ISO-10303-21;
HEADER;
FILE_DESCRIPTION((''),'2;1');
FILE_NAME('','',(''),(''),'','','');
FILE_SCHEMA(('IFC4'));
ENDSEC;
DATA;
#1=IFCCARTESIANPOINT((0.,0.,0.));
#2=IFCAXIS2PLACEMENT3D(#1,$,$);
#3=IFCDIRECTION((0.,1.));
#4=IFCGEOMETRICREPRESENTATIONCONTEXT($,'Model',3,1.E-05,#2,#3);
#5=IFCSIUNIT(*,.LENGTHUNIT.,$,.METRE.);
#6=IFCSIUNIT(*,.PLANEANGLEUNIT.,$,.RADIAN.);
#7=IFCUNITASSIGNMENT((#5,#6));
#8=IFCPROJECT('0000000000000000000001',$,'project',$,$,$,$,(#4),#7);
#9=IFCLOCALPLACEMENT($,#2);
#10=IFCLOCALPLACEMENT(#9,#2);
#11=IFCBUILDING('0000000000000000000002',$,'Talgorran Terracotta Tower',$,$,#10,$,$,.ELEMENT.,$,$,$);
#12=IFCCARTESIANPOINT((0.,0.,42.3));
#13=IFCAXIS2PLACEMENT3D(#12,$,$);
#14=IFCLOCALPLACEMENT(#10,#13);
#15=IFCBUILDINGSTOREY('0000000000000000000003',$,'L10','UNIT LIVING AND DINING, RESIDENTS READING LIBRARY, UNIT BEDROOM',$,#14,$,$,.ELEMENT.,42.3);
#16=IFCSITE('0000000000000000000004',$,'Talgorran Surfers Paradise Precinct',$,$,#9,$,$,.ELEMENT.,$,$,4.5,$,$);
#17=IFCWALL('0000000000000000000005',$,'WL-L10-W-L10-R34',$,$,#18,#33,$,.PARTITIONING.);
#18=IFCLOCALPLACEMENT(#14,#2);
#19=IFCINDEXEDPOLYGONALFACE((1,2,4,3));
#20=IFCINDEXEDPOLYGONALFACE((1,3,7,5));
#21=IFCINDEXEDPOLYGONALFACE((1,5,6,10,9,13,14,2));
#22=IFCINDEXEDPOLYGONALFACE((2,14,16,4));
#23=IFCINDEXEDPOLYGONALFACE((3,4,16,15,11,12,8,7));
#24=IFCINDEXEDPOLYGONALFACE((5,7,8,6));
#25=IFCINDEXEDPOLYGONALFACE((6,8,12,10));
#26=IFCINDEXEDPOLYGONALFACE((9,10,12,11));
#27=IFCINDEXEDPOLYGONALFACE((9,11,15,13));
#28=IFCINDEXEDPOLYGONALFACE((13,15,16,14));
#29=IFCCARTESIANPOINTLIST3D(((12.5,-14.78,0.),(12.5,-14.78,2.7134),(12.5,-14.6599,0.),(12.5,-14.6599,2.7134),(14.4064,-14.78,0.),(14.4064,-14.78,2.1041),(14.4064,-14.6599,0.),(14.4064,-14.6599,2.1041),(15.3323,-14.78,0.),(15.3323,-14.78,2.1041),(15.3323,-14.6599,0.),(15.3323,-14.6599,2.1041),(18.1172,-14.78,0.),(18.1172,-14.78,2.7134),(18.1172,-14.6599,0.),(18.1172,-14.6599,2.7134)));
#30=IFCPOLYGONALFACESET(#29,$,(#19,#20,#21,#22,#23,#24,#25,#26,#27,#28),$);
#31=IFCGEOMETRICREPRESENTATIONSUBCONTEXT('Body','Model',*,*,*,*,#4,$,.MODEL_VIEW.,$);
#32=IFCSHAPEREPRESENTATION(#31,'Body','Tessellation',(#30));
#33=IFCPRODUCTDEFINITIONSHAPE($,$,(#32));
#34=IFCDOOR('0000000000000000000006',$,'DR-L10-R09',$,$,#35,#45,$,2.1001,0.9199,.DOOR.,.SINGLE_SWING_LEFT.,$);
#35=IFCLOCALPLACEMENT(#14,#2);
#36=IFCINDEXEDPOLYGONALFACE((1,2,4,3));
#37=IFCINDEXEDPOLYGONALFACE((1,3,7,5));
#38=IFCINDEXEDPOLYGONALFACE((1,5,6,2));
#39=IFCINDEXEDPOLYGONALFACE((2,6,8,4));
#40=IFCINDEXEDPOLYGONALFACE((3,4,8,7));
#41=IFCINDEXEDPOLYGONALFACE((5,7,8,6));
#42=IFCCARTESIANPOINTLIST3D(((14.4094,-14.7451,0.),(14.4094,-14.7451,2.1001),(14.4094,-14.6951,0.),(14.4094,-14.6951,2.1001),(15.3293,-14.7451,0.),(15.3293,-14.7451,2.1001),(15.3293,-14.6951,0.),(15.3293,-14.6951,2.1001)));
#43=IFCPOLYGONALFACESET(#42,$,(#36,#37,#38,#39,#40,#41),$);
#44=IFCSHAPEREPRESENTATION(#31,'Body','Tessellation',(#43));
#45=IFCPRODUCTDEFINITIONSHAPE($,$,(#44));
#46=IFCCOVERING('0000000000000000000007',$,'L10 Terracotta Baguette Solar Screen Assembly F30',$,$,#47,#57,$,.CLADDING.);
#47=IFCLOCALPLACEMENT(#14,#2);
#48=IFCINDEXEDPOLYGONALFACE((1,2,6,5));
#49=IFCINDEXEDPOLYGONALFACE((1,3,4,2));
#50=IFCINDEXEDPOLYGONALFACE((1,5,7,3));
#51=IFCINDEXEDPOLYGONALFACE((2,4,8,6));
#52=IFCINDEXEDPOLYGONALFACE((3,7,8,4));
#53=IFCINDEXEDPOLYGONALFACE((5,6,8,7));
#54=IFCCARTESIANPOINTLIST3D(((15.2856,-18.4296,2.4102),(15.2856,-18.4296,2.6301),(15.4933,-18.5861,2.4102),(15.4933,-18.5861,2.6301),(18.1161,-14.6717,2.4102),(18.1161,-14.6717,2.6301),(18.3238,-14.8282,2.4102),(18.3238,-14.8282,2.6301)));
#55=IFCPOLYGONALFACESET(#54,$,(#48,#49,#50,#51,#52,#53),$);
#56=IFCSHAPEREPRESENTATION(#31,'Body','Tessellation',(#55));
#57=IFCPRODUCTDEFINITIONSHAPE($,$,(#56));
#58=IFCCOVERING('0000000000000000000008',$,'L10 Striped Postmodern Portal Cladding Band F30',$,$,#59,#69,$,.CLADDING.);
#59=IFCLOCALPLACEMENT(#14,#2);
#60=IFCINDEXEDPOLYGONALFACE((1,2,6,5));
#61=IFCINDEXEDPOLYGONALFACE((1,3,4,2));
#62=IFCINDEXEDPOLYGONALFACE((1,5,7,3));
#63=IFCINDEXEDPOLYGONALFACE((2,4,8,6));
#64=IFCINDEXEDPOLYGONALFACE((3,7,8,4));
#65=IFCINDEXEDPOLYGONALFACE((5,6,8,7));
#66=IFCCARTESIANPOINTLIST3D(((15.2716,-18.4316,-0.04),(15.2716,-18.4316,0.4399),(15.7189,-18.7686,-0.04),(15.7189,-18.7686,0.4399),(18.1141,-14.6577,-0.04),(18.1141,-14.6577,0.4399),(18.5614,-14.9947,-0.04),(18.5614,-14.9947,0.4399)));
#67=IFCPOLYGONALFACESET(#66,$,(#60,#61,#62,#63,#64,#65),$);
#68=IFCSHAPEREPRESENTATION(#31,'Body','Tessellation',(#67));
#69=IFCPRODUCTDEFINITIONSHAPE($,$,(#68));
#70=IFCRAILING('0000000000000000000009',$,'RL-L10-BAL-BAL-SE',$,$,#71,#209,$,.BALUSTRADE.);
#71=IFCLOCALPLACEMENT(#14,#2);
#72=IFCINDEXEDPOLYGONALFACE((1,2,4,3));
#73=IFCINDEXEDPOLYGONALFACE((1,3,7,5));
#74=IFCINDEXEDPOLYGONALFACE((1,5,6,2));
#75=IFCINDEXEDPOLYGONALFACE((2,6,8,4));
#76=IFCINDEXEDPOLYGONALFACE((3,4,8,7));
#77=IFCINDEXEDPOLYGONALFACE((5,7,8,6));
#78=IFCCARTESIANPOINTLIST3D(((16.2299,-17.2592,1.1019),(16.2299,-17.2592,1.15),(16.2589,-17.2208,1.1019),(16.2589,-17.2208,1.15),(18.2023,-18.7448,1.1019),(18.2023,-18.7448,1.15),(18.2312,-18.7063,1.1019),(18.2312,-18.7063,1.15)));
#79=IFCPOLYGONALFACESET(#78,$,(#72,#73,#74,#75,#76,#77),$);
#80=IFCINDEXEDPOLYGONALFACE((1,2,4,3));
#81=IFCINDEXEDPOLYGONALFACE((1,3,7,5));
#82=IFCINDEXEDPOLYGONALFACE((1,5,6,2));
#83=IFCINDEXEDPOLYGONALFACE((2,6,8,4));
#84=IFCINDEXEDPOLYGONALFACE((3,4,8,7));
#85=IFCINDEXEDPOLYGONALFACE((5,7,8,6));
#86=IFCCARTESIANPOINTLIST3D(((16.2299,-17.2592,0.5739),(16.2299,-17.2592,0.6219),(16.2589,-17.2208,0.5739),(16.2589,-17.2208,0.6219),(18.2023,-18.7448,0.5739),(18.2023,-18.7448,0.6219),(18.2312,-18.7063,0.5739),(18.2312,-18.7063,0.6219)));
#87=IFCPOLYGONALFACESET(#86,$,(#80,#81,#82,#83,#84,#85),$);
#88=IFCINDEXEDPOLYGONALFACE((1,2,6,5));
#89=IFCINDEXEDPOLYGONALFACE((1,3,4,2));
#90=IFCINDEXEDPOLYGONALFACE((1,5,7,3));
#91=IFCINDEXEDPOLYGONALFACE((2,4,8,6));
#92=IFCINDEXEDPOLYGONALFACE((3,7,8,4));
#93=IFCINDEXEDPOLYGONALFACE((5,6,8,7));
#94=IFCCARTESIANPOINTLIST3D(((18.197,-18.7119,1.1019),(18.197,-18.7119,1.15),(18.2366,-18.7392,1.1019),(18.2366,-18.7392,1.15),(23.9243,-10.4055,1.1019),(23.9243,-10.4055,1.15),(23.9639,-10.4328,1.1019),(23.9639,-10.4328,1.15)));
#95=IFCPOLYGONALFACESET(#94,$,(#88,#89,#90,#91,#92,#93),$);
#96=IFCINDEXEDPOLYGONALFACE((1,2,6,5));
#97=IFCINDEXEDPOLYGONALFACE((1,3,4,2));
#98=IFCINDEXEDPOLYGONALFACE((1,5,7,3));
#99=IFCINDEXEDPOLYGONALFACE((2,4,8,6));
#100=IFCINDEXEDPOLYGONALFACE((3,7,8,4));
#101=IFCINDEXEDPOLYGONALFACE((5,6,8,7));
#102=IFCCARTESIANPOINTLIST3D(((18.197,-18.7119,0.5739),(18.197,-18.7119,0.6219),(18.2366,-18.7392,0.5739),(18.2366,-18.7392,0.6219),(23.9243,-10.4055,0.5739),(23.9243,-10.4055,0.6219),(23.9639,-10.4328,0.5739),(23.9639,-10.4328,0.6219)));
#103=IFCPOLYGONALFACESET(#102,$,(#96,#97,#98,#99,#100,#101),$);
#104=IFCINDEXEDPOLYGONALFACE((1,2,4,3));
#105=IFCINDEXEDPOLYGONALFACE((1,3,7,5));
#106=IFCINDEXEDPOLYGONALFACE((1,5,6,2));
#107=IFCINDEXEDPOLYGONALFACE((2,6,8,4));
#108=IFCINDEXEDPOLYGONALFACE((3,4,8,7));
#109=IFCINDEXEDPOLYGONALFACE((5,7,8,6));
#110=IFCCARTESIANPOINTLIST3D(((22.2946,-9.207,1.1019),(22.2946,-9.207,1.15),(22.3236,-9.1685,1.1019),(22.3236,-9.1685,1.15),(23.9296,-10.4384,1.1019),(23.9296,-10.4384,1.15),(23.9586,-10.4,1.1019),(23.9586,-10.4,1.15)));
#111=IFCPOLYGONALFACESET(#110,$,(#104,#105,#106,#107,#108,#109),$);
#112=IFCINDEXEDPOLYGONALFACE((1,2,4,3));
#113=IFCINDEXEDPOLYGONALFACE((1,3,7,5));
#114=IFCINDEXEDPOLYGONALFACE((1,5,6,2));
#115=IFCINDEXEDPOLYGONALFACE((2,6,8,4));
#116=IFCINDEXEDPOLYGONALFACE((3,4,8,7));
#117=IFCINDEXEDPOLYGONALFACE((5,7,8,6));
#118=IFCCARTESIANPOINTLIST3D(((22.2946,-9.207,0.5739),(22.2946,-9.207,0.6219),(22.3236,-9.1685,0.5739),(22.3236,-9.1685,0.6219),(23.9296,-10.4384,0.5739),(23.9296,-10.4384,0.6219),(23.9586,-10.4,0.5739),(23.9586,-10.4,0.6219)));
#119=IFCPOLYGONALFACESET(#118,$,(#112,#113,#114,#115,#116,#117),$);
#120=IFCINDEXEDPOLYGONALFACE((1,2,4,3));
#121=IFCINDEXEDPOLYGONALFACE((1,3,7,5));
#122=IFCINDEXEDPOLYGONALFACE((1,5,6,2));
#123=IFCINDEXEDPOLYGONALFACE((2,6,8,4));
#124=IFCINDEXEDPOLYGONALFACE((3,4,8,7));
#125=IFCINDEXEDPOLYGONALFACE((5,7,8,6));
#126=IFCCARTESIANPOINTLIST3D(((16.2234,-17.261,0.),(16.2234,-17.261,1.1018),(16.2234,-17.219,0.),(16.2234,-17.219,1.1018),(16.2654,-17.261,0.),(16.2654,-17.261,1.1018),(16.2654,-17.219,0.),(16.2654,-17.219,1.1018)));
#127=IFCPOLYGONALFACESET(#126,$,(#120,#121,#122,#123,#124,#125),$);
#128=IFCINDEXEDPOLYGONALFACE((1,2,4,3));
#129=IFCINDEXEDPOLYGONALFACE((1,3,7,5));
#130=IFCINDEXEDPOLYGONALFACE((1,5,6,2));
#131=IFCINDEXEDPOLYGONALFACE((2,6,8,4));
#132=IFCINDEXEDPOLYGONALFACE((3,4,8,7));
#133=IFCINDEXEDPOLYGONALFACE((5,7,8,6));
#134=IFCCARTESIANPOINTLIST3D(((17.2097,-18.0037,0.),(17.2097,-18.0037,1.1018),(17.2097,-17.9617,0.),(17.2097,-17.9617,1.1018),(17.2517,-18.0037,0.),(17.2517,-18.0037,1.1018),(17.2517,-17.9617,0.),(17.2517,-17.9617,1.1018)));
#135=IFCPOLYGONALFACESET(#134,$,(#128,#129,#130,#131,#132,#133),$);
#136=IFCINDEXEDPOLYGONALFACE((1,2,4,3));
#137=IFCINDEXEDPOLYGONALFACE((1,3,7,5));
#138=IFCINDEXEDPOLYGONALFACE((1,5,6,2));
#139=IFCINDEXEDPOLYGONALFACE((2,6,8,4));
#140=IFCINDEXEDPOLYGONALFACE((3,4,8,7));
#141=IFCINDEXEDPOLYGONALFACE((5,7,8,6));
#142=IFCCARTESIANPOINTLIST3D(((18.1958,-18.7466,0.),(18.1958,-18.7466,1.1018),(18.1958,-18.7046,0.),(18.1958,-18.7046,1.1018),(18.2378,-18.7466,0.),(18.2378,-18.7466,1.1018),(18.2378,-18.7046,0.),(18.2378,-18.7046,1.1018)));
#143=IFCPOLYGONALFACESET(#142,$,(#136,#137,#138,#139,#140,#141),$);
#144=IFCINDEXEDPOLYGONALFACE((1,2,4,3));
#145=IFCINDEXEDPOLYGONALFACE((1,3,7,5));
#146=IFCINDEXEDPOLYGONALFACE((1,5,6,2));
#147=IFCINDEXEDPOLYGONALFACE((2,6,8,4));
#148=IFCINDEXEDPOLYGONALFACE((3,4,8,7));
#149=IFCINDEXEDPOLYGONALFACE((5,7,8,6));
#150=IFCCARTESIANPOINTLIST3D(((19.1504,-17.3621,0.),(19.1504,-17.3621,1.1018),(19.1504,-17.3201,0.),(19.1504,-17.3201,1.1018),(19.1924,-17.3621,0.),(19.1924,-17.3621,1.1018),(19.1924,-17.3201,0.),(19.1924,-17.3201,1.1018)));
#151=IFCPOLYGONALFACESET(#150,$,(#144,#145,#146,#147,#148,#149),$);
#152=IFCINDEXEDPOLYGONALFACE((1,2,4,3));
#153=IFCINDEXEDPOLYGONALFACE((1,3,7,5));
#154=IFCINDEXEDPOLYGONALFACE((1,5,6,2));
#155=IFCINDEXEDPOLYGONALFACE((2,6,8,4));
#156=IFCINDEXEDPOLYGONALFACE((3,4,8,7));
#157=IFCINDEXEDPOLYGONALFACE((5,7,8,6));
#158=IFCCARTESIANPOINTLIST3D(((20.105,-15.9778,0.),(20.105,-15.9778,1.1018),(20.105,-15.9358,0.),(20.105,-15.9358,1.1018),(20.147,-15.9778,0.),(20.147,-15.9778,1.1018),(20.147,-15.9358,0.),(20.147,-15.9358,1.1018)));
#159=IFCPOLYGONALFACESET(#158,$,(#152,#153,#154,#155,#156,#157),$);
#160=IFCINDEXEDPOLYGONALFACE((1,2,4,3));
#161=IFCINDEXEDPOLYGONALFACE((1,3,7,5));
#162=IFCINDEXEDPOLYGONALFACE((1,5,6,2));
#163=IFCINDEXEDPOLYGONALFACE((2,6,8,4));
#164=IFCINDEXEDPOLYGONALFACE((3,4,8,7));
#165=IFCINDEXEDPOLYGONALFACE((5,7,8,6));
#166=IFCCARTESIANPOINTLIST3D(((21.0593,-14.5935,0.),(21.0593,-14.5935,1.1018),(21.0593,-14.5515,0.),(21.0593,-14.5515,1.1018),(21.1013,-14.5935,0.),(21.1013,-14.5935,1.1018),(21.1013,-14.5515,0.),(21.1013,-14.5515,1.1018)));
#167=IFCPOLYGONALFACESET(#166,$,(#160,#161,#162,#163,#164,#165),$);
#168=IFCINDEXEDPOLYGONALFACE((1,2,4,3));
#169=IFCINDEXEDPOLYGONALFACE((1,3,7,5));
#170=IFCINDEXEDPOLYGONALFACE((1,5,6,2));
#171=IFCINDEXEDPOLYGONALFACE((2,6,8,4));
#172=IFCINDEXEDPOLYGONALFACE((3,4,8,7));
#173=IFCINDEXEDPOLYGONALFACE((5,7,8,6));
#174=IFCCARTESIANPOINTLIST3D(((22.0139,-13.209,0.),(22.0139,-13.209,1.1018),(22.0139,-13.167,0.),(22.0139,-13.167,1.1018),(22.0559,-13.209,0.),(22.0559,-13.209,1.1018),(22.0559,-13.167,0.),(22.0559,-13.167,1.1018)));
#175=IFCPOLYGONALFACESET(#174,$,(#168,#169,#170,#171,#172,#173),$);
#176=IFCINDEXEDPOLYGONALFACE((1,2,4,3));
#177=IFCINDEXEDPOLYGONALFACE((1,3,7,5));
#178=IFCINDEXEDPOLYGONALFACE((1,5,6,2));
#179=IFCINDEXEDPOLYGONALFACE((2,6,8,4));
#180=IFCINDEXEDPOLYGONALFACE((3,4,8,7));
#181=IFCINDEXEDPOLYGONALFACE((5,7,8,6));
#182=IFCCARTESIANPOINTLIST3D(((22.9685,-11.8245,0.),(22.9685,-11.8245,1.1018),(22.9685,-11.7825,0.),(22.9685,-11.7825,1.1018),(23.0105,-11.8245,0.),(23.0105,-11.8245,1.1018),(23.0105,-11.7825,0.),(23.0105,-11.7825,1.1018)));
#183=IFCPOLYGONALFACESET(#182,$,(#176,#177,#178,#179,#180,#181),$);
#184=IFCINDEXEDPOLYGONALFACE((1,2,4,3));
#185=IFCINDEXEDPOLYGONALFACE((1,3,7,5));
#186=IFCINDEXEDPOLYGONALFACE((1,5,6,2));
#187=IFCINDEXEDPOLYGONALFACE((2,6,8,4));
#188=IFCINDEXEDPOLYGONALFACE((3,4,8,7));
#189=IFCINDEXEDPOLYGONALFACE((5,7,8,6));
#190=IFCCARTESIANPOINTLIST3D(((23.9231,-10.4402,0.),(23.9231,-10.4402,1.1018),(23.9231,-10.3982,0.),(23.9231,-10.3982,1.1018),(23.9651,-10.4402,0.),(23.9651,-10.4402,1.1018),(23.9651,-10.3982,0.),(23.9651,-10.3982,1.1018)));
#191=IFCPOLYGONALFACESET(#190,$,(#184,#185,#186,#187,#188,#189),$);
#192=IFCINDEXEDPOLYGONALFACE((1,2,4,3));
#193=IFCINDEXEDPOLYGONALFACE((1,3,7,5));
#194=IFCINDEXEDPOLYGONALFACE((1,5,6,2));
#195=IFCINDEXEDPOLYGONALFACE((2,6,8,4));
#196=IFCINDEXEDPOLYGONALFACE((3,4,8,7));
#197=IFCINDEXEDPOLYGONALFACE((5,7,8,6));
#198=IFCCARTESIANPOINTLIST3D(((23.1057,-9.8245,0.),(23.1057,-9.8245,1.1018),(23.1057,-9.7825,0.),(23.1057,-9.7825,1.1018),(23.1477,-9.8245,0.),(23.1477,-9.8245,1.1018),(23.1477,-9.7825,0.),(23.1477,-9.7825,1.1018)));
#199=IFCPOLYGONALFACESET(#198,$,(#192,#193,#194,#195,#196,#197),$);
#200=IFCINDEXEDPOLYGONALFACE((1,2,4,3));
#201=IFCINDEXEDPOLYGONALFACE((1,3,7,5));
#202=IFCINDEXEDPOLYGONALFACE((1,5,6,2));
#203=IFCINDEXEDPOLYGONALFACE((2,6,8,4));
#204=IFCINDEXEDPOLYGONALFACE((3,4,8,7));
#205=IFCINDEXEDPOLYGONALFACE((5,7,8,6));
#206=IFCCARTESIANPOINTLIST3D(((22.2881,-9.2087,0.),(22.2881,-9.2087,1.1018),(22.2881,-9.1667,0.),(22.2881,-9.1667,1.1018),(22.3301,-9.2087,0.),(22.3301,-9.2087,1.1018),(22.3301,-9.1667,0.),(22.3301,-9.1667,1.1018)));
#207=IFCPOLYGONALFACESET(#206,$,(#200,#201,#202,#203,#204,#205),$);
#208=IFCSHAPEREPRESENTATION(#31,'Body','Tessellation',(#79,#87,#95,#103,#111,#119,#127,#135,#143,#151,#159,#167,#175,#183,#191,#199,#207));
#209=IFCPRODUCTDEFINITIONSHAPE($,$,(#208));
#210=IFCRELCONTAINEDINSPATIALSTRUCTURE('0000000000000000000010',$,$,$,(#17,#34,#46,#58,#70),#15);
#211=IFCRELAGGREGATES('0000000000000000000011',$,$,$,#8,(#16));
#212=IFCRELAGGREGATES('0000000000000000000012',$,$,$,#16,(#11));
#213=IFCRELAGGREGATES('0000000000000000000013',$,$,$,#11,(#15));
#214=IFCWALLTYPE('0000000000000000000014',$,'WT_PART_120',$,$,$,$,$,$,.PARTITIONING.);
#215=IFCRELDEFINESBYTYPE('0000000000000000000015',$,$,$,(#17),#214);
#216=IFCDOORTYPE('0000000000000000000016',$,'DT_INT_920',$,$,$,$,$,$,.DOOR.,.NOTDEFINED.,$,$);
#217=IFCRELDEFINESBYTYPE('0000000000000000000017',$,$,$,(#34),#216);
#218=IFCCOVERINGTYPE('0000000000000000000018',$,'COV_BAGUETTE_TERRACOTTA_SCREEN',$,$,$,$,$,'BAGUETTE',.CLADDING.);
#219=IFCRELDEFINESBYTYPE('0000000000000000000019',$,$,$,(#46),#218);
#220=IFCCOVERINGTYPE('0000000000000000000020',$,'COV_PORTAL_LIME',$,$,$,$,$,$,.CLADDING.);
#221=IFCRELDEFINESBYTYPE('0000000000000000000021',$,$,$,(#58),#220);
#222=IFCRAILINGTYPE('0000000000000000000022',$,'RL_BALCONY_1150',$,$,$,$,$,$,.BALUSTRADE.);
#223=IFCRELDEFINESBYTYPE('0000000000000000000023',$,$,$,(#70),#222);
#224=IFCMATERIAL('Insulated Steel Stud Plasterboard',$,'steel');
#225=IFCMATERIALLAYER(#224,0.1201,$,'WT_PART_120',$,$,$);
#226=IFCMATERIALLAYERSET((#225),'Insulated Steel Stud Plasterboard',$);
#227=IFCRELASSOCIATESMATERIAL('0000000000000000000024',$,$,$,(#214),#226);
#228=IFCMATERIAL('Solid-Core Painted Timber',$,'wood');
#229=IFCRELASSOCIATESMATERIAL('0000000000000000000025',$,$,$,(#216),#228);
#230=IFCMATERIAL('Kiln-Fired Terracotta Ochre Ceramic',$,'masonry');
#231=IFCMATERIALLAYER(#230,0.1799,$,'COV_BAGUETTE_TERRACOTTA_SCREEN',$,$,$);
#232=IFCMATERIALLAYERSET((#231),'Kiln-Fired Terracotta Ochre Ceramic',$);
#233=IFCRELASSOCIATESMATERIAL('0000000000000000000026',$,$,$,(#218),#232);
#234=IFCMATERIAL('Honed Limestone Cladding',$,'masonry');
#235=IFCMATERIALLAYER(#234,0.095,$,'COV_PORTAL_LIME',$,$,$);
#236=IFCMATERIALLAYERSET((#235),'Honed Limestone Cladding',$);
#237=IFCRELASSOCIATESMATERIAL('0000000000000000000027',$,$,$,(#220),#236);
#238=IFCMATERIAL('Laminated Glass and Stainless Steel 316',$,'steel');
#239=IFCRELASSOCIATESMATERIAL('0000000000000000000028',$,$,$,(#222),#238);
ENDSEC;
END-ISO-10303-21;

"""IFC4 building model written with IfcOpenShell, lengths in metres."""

from ifc_helpers import new_model, si_unit, direction, frame, frame_2d, origin, origin_2d, place, context, subcontext, project, spatial, rectangle, extrude, material, layer, layer_set, type_object, element, fill, save


model = new_model("IFC4")

# Units and contexts
model_context = context("Model", 3, precision=1e-05, world=origin(), true_north=direction((0.0, 1.0)))
body_context = subcontext(model_context, "Body", "Model", "MODEL_VIEW")
ifc_project = project(units=[si_unit("LENGTHUNIT", "METRE"), si_unit("PLANEANGLEUNIT", "RADIAN")], contexts=[model_context])

# Site, building, storey
site_placement = place(None, origin())
site = spatial("IfcSite", under=ifc_project, at=site_placement, Name="Talgorran Surfers Paradise Precinct", CompositionType="ELEMENT", RefElevation=4.5)
building_placement = place(site_placement, origin())
building = spatial("IfcBuilding", under=site, at=building_placement, Name="Talgorran Terracotta Tower", CompositionType="ELEMENT")
storey_placement = place(building_placement, frame((0.0, 0.0, 42.3)))
storey = spatial("IfcBuildingStorey", under=building, at=storey_placement, Name="L10", Description="UNIT LIVING AND DINING, RESIDENTS READING LIBRARY, UNIT BEDROOM", CompositionType="ELEMENT", Elevation=42.3)

# Wall, opening, door
ifc_material_1 = material(Name="Insulated Steel Stud Plasterboard", Category="steel")
ifc_layer_1 = layer(ifc_material_1, 0.1201, Name="WT_PART_120")
ifc_layer_set_1 = layer_set([ifc_layer_1], Name="Insulated Steel Stud Plasterboard")
wall_type_1 = type_object("IfcWallType", Name="WT_PART_120", PredefinedType="PARTITIONING", material=ifc_layer_set_1)
ifc_material_2 = material(Name="Solid-Core Painted Timber", Category="wood")
door_type_1 = type_object("IfcDoorType", Name="DT_INT_920", OperationType="NOTDEFINED", PredefinedType="DOOR", material=ifc_material_2)
wall_1_placement = place(storey_placement, frame((12.5, -14.72, 0.0), z_axis=(0.0, 0.0, 1.0), x_axis=(1.0, 0.0, 0.0)))
wall_1 = element("IfcWall", 1, at=wall_1_placement, inside=storey, type_object=wall_type_1, Name="WL-L10-W-L10-R34", PredefinedType="PARTITIONING", context=body_context, shape_type="SweptSolid", body=[
    extrude(rectangle(XDim=5.6172, YDim=0.1201, at=frame_2d((2.8086, 0.0))), origin(), (0.0, 0.0, 1.0), 2.7134),
])
opening_1_placement = place(wall_1_placement, frame((1.9094, 0.0, 0.0)))
opening_1 = element("IfcOpeningElement", 2, at=opening_1_placement, cuts=wall_1, PredefinedType="OPENING", context=body_context, shape_type="SweptSolid", body=[
    extrude(rectangle(XDim=0.9259, YDim=2.1041, at=frame_2d((0.46, 1.052))), frame((0.0, 0.0701, 0.0), z_axis=(0.0, -1.0, 0.0), x_axis=(1.0, 0.0, 0.0)), (0.0, 0.0, 1.0), 0.1401),
])
door_1_placement = place(opening_1_placement, origin())
door_1 = element("IfcDoor", 3, at=door_1_placement, inside=storey, type_object=door_type_1, Name="DR-L10-R09", OperationType="SINGLE_SWING_LEFT", OverallHeight=2.1001, OverallWidth=0.9199, PredefinedType="DOOR", context=body_context, shape_type="SweptSolid", body=[
    extrude(rectangle(XDim=0.9199, YDim=2.1001, at=frame_2d((0.46, 1.05))), frame((0.0, 0.0249, 0.0), z_axis=(0.0, -1.0, 0.0), x_axis=(1.0, 0.0, 0.0)), (0.0, 0.0, 1.0), 0.05),
])
fill(opening_1, door_1)

# Coverings
ifc_material_3 = material(Name="Kiln-Fired Terracotta Ochre Ceramic", Category="masonry")
ifc_layer_2 = layer(ifc_material_3, 0.1799, Name="COV_BAGUETTE_TERRACOTTA_SCREEN")
ifc_layer_set_2 = layer_set([ifc_layer_2], Name="Kiln-Fired Terracotta Ochre Ceramic")
covering_type_1 = type_object("IfcCoveringType", Name="COV_BAGUETTE_TERRACOTTA_SCREEN", ElementType="BAGUETTE", PredefinedType="CLADDING", material=ifc_layer_set_2)
covering_1_placement = place(storey_placement, frame((16.8047, -16.6289, 2.4102), z_axis=(0.0, 0.0, 1.0), x_axis=(0.601634, 0.798772, 0.0)))
element("IfcCovering", 4, at=covering_1_placement, inside=storey, type_object=covering_type_1, Name="L10 Terracotta Baguette Solar Screen Assembly F30", PredefinedType="CLADDING", context=body_context, shape_type="SweptSolid", body=[
    extrude(rectangle(XDim=4.7046, YDim=0.26, at=origin_2d()), origin(), (0.0, 0.0, 1.0), 0.22),
])
ifc_material_4 = material(Name="Honed Limestone Cladding", Category="masonry")
ifc_layer_3 = layer(ifc_material_4, 0.095, Name="COV_PORTAL_LIME")
ifc_layer_set_3 = layer_set([ifc_layer_3], Name="Honed Limestone Cladding")
covering_type_2 = type_object("IfcCoveringType", Name="COV_PORTAL_LIME", PredefinedType="CLADDING", material=ifc_layer_set_3)
covering_2_placement = place(storey_placement, frame((16.9165, -16.7131, -0.04), z_axis=(0.0, 0.0, 1.0), x_axis=(0.601634, 0.798772, 0.0)))
element("IfcCovering", 5, at=covering_2_placement, inside=storey, type_object=covering_type_2, Name="L10 Striped Postmodern Portal Cladding Band F30", PredefinedType="CLADDING", context=body_context, shape_type="SweptSolid", body=[
    extrude(rectangle(XDim=4.7246, YDim=0.5601, at=origin_2d()), origin(), (0.0, 0.0, 1.0), 0.48),
])

# Railing
ifc_material_5 = material(Name="Laminated Glass and Stainless Steel 316", Category="steel")
railing_type = type_object("IfcRailingType", Name="RL_BALCONY_1150", PredefinedType="BALUSTRADE", material=ifc_material_5)
railing_placement = place(storey_placement, frame((16.2444, -17.24, 0.0)))
element("IfcRailing", 6, at=railing_placement, inside=storey, type_object=railing_type, Name="RL-L10-BAL-BAL-SE", PredefinedType="BALUSTRADE", context=body_context, shape_type="SweptSolid", body=[
    extrude(rectangle(XDim=0.0481, YDim=0.0481, at=origin_2d()), frame((0.0, 0.0, 1.126), z_axis=(0.798776, -0.601628, 0.0), x_axis=(0.601628, 0.798776, 0.0)), (0.0, 0.0, 1.0), 2.4692),
    extrude(rectangle(XDim=0.0481, YDim=0.0481, at=origin_2d()), frame((0.0, 0.0, 0.5979), z_axis=(0.798776, -0.601628, 0.0), x_axis=(0.601628, 0.798776, 0.0)), (0.0, 0.0, 1.0), 2.4692),
    extrude(rectangle(XDim=0.0481, YDim=0.0481, at=origin_2d()), frame((1.9724, -1.4856, 1.126), z_axis=(0.567649, 0.823271, 0.0), x_axis=(-0.823271, 0.567649, 0.0)), (0.0, 0.0, 1.0), 10.0896),
    extrude(rectangle(XDim=0.0481, YDim=0.0481, at=origin_2d()), frame((1.9724, -1.4856, 0.5979), z_axis=(0.567649, 0.823271, 0.0), x_axis=(-0.823271, 0.567649, 0.0)), (0.0, 0.0, 1.0), 10.0896),
    extrude(rectangle(XDim=0.0481, YDim=0.0481, at=origin_2d()), frame((7.6997, 6.8208, 1.126), z_axis=(-0.798782, 0.601621, 0.0), x_axis=(-0.601621, -0.798782, 0.0)), (0.0, 0.0, 1.0), 2.0469),
    extrude(rectangle(XDim=0.0481, YDim=0.0481, at=origin_2d()), frame((7.6997, 6.8208, 0.5979), z_axis=(-0.798782, 0.601621, 0.0), x_axis=(-0.601621, -0.798782, 0.0)), (0.0, 0.0, 1.0), 2.0469),
    extrude(rectangle(XDim=0.042, YDim=0.042, at=origin_2d()), origin(), (0.0, 0.0, 1.0), 1.1018),
    extrude(rectangle(XDim=0.042, YDim=0.042, at=origin_2d()), frame((0.9863, -0.7427, 0.0)), (0.0, 0.0, 1.0), 1.1018),
    extrude(rectangle(XDim=0.042, YDim=0.042, at=origin_2d()), frame((1.9724, -1.4856, 0.0)), (0.0, 0.0, 1.0), 1.1018),
    extrude(rectangle(XDim=0.042, YDim=0.042, at=origin_2d()), frame((2.927, -0.1011, 0.0)), (0.0, 0.0, 1.0), 1.1018),
    extrude(rectangle(XDim=0.042, YDim=0.042, at=origin_2d()), frame((3.8816, 1.2832, 0.0)), (0.0, 0.0, 1.0), 1.1018),
    extrude(rectangle(XDim=0.042, YDim=0.042, at=origin_2d()), frame((4.8359, 2.6675, 0.0)), (0.0, 0.0, 1.0), 1.1018),
    extrude(rectangle(XDim=0.042, YDim=0.042, at=origin_2d()), frame((5.7905, 4.052, 0.0)), (0.0, 0.0, 1.0), 1.1018),
    extrude(rectangle(XDim=0.042, YDim=0.042, at=origin_2d()), frame((6.7451, 5.4365, 0.0)), (0.0, 0.0, 1.0), 1.1018),
    extrude(rectangle(XDim=0.042, YDim=0.042, at=origin_2d()), frame((7.6997, 6.8208, 0.0)), (0.0, 0.0, 1.0), 1.1018),
    extrude(rectangle(XDim=0.042, YDim=0.042, at=origin_2d()), frame((6.8823, 7.4365, 0.0)), (0.0, 0.0, 1.0), 1.1018),
    extrude(rectangle(XDim=0.042, YDim=0.042, at=origin_2d()), frame((6.0647, 8.0522, 0.0)), (0.0, 0.0, 1.0), 1.1018),
])

save(model, "model.ifc")
